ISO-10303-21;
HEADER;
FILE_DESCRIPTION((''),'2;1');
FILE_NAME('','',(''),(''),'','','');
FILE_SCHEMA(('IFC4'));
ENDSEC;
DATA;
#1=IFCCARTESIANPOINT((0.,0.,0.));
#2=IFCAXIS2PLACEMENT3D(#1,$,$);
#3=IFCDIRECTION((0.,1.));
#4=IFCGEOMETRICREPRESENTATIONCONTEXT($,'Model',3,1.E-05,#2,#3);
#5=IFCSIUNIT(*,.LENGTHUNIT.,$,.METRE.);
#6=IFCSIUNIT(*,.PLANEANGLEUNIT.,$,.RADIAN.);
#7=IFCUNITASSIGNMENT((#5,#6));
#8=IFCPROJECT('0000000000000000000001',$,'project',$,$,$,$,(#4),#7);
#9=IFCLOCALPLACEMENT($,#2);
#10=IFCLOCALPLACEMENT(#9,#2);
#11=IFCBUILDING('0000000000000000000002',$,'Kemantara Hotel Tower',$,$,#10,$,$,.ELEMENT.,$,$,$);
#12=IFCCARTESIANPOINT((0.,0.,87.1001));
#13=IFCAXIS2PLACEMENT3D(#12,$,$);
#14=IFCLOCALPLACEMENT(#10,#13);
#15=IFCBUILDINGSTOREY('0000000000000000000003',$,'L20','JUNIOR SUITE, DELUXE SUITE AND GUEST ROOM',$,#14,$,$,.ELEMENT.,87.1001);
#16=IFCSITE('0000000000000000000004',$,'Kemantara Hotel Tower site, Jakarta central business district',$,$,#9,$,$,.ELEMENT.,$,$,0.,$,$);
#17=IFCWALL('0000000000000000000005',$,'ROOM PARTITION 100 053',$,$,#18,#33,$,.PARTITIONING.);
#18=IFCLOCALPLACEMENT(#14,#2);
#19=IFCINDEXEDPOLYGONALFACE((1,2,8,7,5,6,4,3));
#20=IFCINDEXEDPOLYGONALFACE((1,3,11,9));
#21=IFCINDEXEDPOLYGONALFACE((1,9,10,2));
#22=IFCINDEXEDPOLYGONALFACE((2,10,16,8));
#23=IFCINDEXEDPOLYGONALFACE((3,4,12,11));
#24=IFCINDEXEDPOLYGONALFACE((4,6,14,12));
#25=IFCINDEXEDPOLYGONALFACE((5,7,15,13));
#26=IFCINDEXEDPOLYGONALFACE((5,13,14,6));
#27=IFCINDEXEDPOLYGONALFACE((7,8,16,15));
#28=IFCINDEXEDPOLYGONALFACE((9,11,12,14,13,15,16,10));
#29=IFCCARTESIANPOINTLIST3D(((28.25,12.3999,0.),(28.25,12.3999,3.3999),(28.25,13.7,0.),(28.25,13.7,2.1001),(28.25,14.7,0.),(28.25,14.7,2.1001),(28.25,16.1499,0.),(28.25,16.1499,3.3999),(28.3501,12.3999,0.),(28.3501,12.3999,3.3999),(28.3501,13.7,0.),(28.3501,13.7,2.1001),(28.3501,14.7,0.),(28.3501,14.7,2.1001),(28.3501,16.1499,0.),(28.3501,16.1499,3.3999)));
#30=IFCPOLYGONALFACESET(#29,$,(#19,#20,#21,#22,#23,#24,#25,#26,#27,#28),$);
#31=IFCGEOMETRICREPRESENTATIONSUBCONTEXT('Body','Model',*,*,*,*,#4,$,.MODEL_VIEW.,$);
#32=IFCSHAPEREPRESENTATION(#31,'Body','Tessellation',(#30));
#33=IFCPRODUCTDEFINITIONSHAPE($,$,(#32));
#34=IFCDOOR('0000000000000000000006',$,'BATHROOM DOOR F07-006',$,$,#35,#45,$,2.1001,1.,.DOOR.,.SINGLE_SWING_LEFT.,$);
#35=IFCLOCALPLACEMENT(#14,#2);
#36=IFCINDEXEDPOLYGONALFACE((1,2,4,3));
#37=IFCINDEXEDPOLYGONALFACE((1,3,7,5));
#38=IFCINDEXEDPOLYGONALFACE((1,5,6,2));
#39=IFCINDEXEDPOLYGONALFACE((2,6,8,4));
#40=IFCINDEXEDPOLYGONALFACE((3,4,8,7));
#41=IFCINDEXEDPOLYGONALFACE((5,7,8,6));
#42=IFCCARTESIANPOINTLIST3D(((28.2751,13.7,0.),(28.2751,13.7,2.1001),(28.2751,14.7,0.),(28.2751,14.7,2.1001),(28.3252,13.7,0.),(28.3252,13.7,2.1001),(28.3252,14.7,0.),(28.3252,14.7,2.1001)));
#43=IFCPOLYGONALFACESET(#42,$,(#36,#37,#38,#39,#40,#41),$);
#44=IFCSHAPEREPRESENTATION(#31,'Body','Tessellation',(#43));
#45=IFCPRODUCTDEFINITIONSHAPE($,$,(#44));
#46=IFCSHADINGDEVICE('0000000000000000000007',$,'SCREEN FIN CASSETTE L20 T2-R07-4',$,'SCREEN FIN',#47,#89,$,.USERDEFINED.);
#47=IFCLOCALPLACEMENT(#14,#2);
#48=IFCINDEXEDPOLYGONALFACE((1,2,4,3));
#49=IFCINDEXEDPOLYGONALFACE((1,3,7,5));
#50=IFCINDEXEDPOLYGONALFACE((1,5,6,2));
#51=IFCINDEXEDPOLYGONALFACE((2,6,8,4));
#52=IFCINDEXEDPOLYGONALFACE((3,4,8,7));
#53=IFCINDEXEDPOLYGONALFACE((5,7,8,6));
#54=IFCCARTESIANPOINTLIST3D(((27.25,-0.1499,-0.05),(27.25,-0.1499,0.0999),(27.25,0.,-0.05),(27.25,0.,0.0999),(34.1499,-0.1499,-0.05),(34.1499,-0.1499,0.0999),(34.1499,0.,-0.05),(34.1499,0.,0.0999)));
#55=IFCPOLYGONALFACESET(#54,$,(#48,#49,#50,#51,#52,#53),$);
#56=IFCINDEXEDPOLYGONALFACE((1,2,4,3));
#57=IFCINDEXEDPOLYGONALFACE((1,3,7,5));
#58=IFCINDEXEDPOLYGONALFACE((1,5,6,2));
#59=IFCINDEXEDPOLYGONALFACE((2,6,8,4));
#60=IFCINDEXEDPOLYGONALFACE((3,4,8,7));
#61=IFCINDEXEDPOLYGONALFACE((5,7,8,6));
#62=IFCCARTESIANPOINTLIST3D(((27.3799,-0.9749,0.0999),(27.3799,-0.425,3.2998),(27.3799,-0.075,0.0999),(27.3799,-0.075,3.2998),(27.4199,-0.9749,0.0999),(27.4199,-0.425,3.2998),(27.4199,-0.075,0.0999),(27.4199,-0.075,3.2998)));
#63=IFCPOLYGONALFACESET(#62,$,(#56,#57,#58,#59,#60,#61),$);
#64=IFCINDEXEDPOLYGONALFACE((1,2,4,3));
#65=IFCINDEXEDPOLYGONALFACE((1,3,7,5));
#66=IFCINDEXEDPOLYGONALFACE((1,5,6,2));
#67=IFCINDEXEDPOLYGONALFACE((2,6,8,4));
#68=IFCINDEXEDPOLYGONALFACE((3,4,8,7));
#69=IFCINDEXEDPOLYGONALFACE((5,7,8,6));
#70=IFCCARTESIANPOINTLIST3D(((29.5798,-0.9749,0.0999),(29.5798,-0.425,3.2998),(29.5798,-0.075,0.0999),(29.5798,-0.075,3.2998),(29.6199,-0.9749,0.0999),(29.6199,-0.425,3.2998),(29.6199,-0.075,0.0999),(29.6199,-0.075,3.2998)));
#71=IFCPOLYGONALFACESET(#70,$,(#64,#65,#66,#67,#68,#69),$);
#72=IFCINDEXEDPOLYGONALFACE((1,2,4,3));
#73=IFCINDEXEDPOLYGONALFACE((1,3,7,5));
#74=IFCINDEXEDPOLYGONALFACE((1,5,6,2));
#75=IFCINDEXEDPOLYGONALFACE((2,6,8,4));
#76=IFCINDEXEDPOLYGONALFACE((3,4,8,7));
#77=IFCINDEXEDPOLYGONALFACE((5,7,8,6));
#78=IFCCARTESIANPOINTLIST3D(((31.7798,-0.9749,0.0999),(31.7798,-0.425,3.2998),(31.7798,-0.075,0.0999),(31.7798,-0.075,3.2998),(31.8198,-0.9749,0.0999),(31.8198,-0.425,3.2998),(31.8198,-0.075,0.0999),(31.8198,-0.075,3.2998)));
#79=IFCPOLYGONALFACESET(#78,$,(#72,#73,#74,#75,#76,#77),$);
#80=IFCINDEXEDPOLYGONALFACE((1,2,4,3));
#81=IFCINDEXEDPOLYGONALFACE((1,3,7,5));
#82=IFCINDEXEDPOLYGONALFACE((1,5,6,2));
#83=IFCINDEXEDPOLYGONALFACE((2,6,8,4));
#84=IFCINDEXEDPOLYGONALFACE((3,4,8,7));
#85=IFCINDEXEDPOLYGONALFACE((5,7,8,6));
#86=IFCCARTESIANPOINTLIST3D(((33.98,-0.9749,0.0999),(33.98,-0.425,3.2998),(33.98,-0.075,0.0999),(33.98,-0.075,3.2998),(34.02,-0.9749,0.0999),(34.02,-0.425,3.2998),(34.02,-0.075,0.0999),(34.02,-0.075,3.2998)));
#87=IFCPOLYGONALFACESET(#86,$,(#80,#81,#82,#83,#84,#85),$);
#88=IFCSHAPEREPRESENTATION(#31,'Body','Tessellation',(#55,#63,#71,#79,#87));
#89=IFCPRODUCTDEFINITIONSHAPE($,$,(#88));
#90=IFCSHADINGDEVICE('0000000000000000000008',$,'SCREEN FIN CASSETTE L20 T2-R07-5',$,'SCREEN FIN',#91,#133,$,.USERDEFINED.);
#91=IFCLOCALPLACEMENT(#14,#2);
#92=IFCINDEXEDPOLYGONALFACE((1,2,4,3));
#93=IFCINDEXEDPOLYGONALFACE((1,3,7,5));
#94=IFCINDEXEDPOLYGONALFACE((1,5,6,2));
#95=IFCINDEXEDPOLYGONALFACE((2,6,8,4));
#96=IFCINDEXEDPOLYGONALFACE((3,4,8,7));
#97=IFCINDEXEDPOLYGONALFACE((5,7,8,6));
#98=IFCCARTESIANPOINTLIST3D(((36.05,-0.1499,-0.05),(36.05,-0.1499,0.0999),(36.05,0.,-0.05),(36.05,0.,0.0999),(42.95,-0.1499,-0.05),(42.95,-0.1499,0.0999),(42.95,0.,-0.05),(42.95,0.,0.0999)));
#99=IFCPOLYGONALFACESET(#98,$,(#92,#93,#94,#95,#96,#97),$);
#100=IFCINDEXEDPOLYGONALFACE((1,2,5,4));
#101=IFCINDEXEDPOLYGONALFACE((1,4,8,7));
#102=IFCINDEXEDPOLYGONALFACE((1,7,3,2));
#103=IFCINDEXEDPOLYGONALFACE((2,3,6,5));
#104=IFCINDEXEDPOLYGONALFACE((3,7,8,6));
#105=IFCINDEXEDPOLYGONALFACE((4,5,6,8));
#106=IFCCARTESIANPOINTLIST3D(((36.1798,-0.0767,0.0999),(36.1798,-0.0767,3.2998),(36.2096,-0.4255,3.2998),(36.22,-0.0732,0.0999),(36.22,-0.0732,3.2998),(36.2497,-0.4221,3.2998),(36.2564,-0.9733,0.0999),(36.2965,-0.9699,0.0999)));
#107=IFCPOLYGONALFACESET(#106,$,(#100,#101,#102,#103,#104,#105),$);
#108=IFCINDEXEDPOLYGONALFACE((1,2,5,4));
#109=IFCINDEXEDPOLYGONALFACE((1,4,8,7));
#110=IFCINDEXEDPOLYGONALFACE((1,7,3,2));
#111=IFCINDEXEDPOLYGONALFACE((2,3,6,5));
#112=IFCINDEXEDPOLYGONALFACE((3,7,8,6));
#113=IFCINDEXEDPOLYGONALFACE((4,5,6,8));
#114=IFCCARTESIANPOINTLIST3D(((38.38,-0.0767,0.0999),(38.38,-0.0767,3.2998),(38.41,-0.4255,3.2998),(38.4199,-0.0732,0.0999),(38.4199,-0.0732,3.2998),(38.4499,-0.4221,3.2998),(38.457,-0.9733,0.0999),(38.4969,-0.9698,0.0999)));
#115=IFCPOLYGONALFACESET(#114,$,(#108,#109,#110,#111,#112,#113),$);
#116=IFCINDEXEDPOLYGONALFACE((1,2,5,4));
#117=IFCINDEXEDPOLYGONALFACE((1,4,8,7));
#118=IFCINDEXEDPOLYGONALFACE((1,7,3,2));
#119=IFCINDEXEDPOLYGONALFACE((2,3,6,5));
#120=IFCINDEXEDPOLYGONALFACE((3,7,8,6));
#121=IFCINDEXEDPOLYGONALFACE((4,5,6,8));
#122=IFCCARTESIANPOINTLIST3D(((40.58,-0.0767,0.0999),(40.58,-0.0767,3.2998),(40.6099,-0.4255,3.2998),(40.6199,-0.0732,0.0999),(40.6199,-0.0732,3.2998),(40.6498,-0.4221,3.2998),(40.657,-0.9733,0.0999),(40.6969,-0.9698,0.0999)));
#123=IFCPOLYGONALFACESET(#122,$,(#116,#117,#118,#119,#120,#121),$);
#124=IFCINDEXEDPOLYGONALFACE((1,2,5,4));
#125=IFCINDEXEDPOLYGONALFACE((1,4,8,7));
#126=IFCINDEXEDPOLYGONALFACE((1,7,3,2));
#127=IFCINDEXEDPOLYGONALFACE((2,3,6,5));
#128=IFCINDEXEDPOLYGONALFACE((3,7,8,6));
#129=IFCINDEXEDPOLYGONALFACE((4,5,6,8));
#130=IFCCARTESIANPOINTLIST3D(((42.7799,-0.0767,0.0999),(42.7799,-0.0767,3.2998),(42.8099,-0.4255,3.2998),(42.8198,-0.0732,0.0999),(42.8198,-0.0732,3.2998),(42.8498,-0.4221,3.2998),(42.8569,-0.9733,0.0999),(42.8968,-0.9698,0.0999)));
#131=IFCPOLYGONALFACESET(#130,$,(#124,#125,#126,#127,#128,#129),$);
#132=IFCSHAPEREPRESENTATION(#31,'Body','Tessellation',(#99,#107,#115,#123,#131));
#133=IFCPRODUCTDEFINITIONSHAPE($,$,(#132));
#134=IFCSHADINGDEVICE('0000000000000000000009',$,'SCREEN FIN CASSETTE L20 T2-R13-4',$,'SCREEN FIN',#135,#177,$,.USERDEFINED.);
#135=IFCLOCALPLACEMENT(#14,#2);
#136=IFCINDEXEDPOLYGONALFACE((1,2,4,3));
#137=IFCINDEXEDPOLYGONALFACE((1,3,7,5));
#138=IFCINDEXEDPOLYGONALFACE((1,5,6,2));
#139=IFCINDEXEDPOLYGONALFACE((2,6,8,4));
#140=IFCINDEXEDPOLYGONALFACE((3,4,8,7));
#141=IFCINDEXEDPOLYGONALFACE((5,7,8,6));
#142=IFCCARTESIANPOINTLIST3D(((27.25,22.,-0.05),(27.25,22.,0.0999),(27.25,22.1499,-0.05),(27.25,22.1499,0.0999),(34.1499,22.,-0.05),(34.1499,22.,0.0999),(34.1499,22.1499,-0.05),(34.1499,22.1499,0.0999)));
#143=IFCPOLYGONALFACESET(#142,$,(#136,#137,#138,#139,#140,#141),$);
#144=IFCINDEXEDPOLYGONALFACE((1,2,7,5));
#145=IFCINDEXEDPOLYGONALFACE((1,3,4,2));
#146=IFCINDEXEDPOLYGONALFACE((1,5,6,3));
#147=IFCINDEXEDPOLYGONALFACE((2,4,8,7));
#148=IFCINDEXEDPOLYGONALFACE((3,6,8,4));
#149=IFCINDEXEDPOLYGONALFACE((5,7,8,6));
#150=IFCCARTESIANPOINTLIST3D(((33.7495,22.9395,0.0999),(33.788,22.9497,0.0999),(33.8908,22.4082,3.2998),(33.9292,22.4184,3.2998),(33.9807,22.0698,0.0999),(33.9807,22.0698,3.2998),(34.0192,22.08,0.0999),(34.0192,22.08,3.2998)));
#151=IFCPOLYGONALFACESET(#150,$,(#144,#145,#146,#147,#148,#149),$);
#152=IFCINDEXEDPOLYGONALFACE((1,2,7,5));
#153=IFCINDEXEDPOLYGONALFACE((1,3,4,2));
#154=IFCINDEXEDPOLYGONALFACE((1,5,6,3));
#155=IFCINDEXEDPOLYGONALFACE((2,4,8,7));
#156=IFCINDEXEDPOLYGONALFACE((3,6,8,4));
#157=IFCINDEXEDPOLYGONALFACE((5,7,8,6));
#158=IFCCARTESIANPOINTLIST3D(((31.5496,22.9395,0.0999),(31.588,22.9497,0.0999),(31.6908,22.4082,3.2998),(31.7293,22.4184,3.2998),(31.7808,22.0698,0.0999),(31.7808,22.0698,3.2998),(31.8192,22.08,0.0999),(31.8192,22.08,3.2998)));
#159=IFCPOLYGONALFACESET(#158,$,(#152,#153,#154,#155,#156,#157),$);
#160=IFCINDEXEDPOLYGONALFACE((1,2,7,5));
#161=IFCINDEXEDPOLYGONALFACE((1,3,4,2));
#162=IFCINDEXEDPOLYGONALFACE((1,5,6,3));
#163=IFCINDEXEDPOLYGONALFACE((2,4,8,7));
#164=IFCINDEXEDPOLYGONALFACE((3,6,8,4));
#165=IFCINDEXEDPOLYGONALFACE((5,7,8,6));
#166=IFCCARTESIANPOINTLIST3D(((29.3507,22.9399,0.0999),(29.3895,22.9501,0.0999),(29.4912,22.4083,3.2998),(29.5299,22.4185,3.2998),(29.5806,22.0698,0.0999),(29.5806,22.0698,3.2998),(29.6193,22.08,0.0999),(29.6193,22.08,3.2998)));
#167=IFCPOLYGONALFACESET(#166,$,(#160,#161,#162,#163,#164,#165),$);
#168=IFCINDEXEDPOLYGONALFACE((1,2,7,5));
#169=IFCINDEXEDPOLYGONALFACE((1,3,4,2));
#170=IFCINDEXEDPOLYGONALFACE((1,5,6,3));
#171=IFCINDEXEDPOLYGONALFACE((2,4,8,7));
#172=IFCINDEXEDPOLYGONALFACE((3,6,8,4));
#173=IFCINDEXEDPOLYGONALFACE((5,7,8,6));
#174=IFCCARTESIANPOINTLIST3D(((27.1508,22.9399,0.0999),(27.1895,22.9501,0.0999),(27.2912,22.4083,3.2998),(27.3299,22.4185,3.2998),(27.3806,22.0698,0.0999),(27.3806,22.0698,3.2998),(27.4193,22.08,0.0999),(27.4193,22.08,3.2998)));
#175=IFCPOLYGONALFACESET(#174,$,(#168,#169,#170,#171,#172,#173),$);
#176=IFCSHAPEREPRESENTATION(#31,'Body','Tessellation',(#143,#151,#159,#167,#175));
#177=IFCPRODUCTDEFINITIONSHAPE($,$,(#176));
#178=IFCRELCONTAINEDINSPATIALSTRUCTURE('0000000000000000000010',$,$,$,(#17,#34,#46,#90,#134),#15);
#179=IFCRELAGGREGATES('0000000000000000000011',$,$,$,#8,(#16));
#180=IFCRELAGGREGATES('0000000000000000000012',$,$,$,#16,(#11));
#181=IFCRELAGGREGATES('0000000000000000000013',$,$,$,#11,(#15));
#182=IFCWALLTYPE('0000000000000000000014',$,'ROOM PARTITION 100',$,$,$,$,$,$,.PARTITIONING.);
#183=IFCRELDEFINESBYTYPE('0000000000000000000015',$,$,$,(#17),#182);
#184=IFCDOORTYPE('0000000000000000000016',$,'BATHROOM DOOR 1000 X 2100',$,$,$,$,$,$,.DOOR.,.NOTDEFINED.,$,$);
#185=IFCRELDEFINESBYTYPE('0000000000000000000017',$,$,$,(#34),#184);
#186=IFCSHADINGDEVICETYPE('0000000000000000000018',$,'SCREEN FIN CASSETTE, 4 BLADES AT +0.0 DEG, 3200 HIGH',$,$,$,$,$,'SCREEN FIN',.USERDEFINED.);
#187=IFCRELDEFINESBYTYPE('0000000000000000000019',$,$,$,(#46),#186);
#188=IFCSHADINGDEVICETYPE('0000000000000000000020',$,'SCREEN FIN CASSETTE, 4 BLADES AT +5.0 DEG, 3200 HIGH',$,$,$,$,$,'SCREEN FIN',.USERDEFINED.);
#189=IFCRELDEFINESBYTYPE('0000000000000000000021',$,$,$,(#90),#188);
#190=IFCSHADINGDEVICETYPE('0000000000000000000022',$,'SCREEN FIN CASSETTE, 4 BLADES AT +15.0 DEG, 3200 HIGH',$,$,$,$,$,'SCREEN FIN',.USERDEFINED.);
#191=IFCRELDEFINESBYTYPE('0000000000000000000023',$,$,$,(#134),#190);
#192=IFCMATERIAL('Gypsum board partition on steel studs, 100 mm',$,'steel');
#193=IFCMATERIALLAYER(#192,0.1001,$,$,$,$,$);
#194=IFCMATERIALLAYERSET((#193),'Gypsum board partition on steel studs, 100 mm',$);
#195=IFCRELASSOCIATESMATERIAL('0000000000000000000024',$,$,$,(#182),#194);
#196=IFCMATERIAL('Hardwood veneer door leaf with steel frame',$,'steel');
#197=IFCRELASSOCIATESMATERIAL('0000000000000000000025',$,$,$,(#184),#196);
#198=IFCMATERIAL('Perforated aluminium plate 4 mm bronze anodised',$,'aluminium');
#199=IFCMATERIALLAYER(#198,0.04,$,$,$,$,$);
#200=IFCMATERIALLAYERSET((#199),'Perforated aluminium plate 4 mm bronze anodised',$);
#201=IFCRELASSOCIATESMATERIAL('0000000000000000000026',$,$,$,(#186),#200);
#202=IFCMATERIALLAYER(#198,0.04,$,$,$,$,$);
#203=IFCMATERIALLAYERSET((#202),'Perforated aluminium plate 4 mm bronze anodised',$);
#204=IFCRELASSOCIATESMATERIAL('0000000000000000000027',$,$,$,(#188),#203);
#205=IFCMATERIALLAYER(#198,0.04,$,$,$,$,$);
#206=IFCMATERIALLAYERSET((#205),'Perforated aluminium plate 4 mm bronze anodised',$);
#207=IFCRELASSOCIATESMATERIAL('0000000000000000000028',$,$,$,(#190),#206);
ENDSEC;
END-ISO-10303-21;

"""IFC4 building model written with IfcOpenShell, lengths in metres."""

from ifc_helpers import new_model, si_unit, direction, frame, frame_2d, origin, origin_2d, place, context, subcontext, project, spatial, polyline, rectangle, outline, extrude, source, transform, mapped, material, layer, layer_set, type_object, element, fill, save


model = new_model("IFC4")

# Units and contexts
model_context = context("Model", 3, precision=1e-05, world=origin(), true_north=direction((0.0, 1.0)))
body_context = subcontext(model_context, "Body", "Model", "MODEL_VIEW")
ifc_project = project(units=[si_unit("LENGTHUNIT", "METRE"), si_unit("PLANEANGLEUNIT", "RADIAN")], contexts=[model_context])

# Site, building, storey
site_placement = place(None, origin())
site = spatial("IfcSite", under=ifc_project, at=site_placement, Name="Kemantara Hotel Tower site, Jakarta central business district", CompositionType="ELEMENT", RefElevation=0.0)
building_placement = place(site_placement, origin())
building = spatial("IfcBuilding", under=site, at=building_placement, Name="Kemantara Hotel Tower", CompositionType="ELEMENT")
storey_placement = place(building_placement, frame((0.0, 0.0, 87.1001)))
storey = spatial("IfcBuildingStorey", under=building, at=storey_placement, Name="L20", Description="JUNIOR SUITE, DELUXE SUITE AND GUEST ROOM", CompositionType="ELEMENT", Elevation=87.1001)

# Shared definitions
ifc_material_1 = material(Name="Hardwood veneer door leaf with steel frame", Category="steel")

# Wall, opening, door
ifc_material_2 = material(Name="Gypsum board partition on steel studs, 100 mm", Category="steel")
ifc_layer_1 = layer(ifc_material_2, 0.1001)
ifc_layer_set_1 = layer_set([ifc_layer_1], Name="Gypsum board partition on steel studs, 100 mm")
wall_type_1 = type_object("IfcWallType", Name="ROOM PARTITION 100", PredefinedType="PARTITIONING", material=ifc_layer_set_1)
wall_1_placement = place(storey_placement, frame((28.3, 12.3999, 0.0), z_axis=(0.0, 0.0, 1.0), x_axis=(0.0, 1.0, 0.0)))
wall_1 = element("IfcWall", 1, at=wall_1_placement, inside=storey, type_object=wall_type_1, Name="ROOM PARTITION 100 053", PredefinedType="PARTITIONING", context=body_context, shape_type="SweptSolid", body=[
    extrude(rectangle(XDim=3.75, YDim=0.1001, at=frame_2d((1.875, 0.0))), origin(), (0.0, 0.0, 1.0), 3.3999),
])
opening_1_placement = place(wall_1_placement, frame((1.3, 0.0, 0.0)))
opening_1 = element("IfcOpeningElement", 2, at=opening_1_placement, cuts=wall_1, PredefinedType="OPENING", context=body_context, shape_type="SweptSolid", body=[
    extrude(rectangle(XDim=1.0, YDim=2.1001, at=frame_2d((0.5, 1.05))), frame((0.0, 0.0601, 0.0), z_axis=(0.0, -1.0, 0.0), x_axis=(1.0, 0.0, 0.0)), (0.0, 0.0, 1.0), 0.1201),
])
door_type_1 = type_object("IfcDoorType", Name="BATHROOM DOOR 1000 X 2100", OperationType="NOTDEFINED", PredefinedType="DOOR", material=ifc_material_1)
door_1_placement = place(opening_1_placement, origin())
door_1 = element("IfcDoor", 3, at=door_1_placement, inside=storey, type_object=door_type_1, Name="BATHROOM DOOR F07-006", OperationType="SINGLE_SWING_LEFT", OverallHeight=2.1001, OverallWidth=1.0, PredefinedType="DOOR", context=body_context, shape_type="SweptSolid", body=[
    extrude(rectangle(XDim=1.0, YDim=2.1001, at=frame_2d((0.5, 1.05))), frame((0.0, 0.0249, 0.0), z_axis=(0.0, -1.0, 0.0), x_axis=(1.0, 0.0, 0.0)), (0.0, 0.0, 1.0), 0.05),
])
fill(opening_1, door_1)

# Shading devices
ifc_material_3 = material(Name="Perforated aluminium plate 4 mm bronze anodised", Category="aluminium")
ifc_layer_2 = layer(ifc_material_3, 0.04)
ifc_layer_set_2 = layer_set([ifc_layer_2], Name="Perforated aluminium plate 4 mm bronze anodised")
shading_device_type_1 = type_object("IfcShadingDeviceType", Name="SCREEN FIN CASSETTE, 4 BLADES AT +0.0 DEG, 3200 HIGH", ElementType="SCREEN FIN", PredefinedType="USERDEFINED", material=ifc_layer_set_2)
shared_shape_1 = source(origin(), body_context, "Body", "SweptSolid", [
    extrude(rectangle(XDim=6.8999, YDim=0.1499, at=origin_2d()), frame((3.3, -0.075, -0.1499), z_axis=(0.0, 0.0, 1.0), x_axis=(1.0, 0.0, 0.0)), (0.0, 0.0, 1.0), 0.1499),
    extrude(outline(polyline([(0.0, 0.0), (0.8999, 0.0), (0.3501, 3.2), (0.0, 3.2), (0.0, 0.0)])), frame((0.02, -0.075, 0.0), z_axis=(-1.0, 0.0, 0.0), x_axis=(0.0, -1.0, 0.0)), (0.0, 0.0, 1.0), 0.04),
    extrude(outline(polyline([(0.0, 0.0), (0.8999, 0.0), (0.3501, 3.2), (0.0, 3.2), (0.0, 0.0)])), frame((2.22, -0.075, 0.0), z_axis=(-1.0, 0.0, 0.0), x_axis=(0.0, -1.0, 0.0)), (0.0, 0.0, 1.0), 0.04),
    extrude(outline(polyline([(0.0, 0.0), (0.8999, 0.0), (0.3501, 3.2), (0.0, 3.2), (0.0, 0.0)])), frame((4.4199, -0.075, 0.0), z_axis=(-1.0, 0.0, 0.0), x_axis=(0.0, -1.0, 0.0)), (0.0, 0.0, 1.0), 0.04),
    extrude(outline(polyline([(0.0, 0.0), (0.8999, 0.0), (0.3501, 3.2), (0.0, 3.2), (0.0, 0.0)])), frame((6.6201, -0.075, 0.0), z_axis=(-1.0, 0.0, 0.0), x_axis=(0.0, -1.0, 0.0)), (0.0, 0.0, 1.0), 0.04),
])
shading_device_1_placement = place(storey_placement, frame((27.3999, 0.0, 0.0999), z_axis=(0.0, 0.0, 1.0), x_axis=(1.0, 0.0, 0.0)))
element("IfcShadingDevice", 4, at=shading_device_1_placement, inside=storey, type_object=shading_device_type_1, Name="SCREEN FIN CASSETTE L20 T2-R07-4", ObjectType="SCREEN FIN", PredefinedType="USERDEFINED", context=body_context, shape_type="MappedRepresentation", body=[
    mapped(shared_shape_1, transform((0.0, 0.0, 0.0))),
])
ifc_layer_3 = layer(ifc_material_3, 0.04)
ifc_layer_set_3 = layer_set([ifc_layer_3], Name="Perforated aluminium plate 4 mm bronze anodised")
shading_device_type_2 = type_object("IfcShadingDeviceType", Name="SCREEN FIN CASSETTE, 4 BLADES AT +5.0 DEG, 3200 HIGH", ElementType="SCREEN FIN", PredefinedType="USERDEFINED", material=ifc_layer_set_3)
shared_shape_2 = source(origin(), body_context, "Body", "SweptSolid", [
    extrude(rectangle(XDim=6.8999, YDim=0.1499, at=origin_2d()), frame((3.3, -0.075, -0.1499), z_axis=(0.0, 0.0, 1.0), x_axis=(1.0, 0.0, 0.0)), (0.0, 0.0, 1.0), 0.1499),
    extrude(outline(polyline([(0.0, 0.0), (0.8999, 0.0), (0.3501, 3.2), (0.0, 3.2), (0.0, 0.0)])), frame((0.02, -0.0732, 0.0), z_axis=(-0.996376, -0.085056, 0.0), x_axis=(0.085056, -0.996376, 0.0)), (0.0, 0.0, 1.0), 0.0403),
    extrude(outline(polyline([(0.0, 0.0), (0.8999, 0.0), (0.3501, 3.2), (0.0, 3.2), (0.0, 0.0)])), frame((2.22, -0.0732, 0.0), z_axis=(-0.996332, -0.085575, 0.0), x_axis=(0.085575, -0.996332, 0.0)), (0.0, 0.0, 1.0), 0.04),
    extrude(outline(polyline([(0.0, 0.0), (0.8999, 0.0), (0.3501, 3.2), (0.0, 3.2), (0.0, 0.0)])), frame((4.4199, -0.0732, 0.0), z_axis=(-0.996332, -0.085575, 0.0), x_axis=(0.085575, -0.996332, 0.0)), (0.0, 0.0, 1.0), 0.04),
    extrude(outline(polyline([(0.0, 0.0), (0.8999, 0.0), (0.3501, 3.2), (0.0, 3.2), (0.0, 0.0)])), frame((6.6199, -0.0732, 0.0), z_axis=(-0.996332, -0.085575, 0.0), x_axis=(0.085575, -0.996332, 0.0)), (0.0, 0.0, 1.0), 0.04),
])
shading_device_2_placement = place(storey_placement, frame((36.2, 0.0, 0.0999), z_axis=(0.0, 0.0, 1.0), x_axis=(1.0, 0.0, 0.0)))
element("IfcShadingDevice", 5, at=shading_device_2_placement, inside=storey, type_object=shading_device_type_2, Name="SCREEN FIN CASSETTE L20 T2-R07-5", ObjectType="SCREEN FIN", PredefinedType="USERDEFINED", context=body_context, shape_type="MappedRepresentation", body=[
    mapped(shared_shape_2, transform((0.0, 0.0, 0.0))),
])
ifc_layer_4 = layer(ifc_material_3, 0.04)
ifc_layer_set_4 = layer_set([ifc_layer_4], Name="Perforated aluminium plate 4 mm bronze anodised")
shading_device_type_3 = type_object("IfcShadingDeviceType", Name="SCREEN FIN CASSETTE, 4 BLADES AT +15.0 DEG, 3200 HIGH", ElementType="SCREEN FIN", PredefinedType="USERDEFINED", material=ifc_layer_set_4)
shared_shape_3 = source(origin(), body_context, "Body", "SweptSolid", [
    extrude(rectangle(XDim=6.8999, YDim=0.1499, at=origin_2d()), frame((3.3, -0.075, -0.1499), z_axis=(0.0, 0.0, 1.0), x_axis=(1.0, 0.0, 0.0)), (0.0, 0.0, 1.0), 0.1499),
    extrude(outline(polyline([(0.0, 0.0), (0.8999, 0.0), (0.3501, 3.2), (0.0, 3.2), (0.0, 0.0)])), frame((0.0193, -0.0698, 0.0), z_axis=(-0.966438, -0.256901, 0.0), x_axis=(0.256901, -0.966438, 0.0)), (0.0, 0.0, 1.0), 0.0398),
    extrude(outline(polyline([(0.0, 0.0), (0.8999, 0.0), (0.3501, 3.2), (0.0, 3.2), (0.0, 0.0)])), frame((2.2192, -0.0698, 0.0), z_axis=(-0.966438, -0.256901, 0.0), x_axis=(0.256901, -0.966438, 0.0)), (0.0, 0.0, 1.0), 0.0398),
    extrude(outline(polyline([(0.0, 0.0), (0.8999, 0.0), (0.3501, 3.2), (0.0, 3.2), (0.0, 0.0)])), frame((4.4194, -0.0698, 0.0), z_axis=(-0.966838, -0.255391, 0.0), x_axis=(0.255391, -0.966838, 0.0)), (0.0, 0.0, 1.0), 0.04),
    extrude(outline(polyline([(0.0, 0.0), (0.8999, 0.0), (0.3501, 3.2), (0.0, 3.2), (0.0, 0.0)])), frame((6.6194, -0.0698, 0.0), z_axis=(-0.966838, -0.255391, 0.0), x_axis=(0.255391, -0.966838, 0.0)), (0.0, 0.0, 1.0), 0.04),
])
shading_device_3_placement = place(storey_placement, frame((34.0, 22.0, 0.0999), z_axis=(0.0, 0.0, 1.0), x_axis=(-1.0, 0.0, 0.0)))
element("IfcShadingDevice", 6, at=shading_device_3_placement, inside=storey, type_object=shading_device_type_3, Name="SCREEN FIN CASSETTE L20 T2-R13-4", ObjectType="SCREEN FIN", PredefinedType="USERDEFINED", context=body_context, shape_type="MappedRepresentation", body=[
    mapped(shared_shape_3, transform((0.0, 0.0, 0.0))),
])

save(model, "model.ifc")
